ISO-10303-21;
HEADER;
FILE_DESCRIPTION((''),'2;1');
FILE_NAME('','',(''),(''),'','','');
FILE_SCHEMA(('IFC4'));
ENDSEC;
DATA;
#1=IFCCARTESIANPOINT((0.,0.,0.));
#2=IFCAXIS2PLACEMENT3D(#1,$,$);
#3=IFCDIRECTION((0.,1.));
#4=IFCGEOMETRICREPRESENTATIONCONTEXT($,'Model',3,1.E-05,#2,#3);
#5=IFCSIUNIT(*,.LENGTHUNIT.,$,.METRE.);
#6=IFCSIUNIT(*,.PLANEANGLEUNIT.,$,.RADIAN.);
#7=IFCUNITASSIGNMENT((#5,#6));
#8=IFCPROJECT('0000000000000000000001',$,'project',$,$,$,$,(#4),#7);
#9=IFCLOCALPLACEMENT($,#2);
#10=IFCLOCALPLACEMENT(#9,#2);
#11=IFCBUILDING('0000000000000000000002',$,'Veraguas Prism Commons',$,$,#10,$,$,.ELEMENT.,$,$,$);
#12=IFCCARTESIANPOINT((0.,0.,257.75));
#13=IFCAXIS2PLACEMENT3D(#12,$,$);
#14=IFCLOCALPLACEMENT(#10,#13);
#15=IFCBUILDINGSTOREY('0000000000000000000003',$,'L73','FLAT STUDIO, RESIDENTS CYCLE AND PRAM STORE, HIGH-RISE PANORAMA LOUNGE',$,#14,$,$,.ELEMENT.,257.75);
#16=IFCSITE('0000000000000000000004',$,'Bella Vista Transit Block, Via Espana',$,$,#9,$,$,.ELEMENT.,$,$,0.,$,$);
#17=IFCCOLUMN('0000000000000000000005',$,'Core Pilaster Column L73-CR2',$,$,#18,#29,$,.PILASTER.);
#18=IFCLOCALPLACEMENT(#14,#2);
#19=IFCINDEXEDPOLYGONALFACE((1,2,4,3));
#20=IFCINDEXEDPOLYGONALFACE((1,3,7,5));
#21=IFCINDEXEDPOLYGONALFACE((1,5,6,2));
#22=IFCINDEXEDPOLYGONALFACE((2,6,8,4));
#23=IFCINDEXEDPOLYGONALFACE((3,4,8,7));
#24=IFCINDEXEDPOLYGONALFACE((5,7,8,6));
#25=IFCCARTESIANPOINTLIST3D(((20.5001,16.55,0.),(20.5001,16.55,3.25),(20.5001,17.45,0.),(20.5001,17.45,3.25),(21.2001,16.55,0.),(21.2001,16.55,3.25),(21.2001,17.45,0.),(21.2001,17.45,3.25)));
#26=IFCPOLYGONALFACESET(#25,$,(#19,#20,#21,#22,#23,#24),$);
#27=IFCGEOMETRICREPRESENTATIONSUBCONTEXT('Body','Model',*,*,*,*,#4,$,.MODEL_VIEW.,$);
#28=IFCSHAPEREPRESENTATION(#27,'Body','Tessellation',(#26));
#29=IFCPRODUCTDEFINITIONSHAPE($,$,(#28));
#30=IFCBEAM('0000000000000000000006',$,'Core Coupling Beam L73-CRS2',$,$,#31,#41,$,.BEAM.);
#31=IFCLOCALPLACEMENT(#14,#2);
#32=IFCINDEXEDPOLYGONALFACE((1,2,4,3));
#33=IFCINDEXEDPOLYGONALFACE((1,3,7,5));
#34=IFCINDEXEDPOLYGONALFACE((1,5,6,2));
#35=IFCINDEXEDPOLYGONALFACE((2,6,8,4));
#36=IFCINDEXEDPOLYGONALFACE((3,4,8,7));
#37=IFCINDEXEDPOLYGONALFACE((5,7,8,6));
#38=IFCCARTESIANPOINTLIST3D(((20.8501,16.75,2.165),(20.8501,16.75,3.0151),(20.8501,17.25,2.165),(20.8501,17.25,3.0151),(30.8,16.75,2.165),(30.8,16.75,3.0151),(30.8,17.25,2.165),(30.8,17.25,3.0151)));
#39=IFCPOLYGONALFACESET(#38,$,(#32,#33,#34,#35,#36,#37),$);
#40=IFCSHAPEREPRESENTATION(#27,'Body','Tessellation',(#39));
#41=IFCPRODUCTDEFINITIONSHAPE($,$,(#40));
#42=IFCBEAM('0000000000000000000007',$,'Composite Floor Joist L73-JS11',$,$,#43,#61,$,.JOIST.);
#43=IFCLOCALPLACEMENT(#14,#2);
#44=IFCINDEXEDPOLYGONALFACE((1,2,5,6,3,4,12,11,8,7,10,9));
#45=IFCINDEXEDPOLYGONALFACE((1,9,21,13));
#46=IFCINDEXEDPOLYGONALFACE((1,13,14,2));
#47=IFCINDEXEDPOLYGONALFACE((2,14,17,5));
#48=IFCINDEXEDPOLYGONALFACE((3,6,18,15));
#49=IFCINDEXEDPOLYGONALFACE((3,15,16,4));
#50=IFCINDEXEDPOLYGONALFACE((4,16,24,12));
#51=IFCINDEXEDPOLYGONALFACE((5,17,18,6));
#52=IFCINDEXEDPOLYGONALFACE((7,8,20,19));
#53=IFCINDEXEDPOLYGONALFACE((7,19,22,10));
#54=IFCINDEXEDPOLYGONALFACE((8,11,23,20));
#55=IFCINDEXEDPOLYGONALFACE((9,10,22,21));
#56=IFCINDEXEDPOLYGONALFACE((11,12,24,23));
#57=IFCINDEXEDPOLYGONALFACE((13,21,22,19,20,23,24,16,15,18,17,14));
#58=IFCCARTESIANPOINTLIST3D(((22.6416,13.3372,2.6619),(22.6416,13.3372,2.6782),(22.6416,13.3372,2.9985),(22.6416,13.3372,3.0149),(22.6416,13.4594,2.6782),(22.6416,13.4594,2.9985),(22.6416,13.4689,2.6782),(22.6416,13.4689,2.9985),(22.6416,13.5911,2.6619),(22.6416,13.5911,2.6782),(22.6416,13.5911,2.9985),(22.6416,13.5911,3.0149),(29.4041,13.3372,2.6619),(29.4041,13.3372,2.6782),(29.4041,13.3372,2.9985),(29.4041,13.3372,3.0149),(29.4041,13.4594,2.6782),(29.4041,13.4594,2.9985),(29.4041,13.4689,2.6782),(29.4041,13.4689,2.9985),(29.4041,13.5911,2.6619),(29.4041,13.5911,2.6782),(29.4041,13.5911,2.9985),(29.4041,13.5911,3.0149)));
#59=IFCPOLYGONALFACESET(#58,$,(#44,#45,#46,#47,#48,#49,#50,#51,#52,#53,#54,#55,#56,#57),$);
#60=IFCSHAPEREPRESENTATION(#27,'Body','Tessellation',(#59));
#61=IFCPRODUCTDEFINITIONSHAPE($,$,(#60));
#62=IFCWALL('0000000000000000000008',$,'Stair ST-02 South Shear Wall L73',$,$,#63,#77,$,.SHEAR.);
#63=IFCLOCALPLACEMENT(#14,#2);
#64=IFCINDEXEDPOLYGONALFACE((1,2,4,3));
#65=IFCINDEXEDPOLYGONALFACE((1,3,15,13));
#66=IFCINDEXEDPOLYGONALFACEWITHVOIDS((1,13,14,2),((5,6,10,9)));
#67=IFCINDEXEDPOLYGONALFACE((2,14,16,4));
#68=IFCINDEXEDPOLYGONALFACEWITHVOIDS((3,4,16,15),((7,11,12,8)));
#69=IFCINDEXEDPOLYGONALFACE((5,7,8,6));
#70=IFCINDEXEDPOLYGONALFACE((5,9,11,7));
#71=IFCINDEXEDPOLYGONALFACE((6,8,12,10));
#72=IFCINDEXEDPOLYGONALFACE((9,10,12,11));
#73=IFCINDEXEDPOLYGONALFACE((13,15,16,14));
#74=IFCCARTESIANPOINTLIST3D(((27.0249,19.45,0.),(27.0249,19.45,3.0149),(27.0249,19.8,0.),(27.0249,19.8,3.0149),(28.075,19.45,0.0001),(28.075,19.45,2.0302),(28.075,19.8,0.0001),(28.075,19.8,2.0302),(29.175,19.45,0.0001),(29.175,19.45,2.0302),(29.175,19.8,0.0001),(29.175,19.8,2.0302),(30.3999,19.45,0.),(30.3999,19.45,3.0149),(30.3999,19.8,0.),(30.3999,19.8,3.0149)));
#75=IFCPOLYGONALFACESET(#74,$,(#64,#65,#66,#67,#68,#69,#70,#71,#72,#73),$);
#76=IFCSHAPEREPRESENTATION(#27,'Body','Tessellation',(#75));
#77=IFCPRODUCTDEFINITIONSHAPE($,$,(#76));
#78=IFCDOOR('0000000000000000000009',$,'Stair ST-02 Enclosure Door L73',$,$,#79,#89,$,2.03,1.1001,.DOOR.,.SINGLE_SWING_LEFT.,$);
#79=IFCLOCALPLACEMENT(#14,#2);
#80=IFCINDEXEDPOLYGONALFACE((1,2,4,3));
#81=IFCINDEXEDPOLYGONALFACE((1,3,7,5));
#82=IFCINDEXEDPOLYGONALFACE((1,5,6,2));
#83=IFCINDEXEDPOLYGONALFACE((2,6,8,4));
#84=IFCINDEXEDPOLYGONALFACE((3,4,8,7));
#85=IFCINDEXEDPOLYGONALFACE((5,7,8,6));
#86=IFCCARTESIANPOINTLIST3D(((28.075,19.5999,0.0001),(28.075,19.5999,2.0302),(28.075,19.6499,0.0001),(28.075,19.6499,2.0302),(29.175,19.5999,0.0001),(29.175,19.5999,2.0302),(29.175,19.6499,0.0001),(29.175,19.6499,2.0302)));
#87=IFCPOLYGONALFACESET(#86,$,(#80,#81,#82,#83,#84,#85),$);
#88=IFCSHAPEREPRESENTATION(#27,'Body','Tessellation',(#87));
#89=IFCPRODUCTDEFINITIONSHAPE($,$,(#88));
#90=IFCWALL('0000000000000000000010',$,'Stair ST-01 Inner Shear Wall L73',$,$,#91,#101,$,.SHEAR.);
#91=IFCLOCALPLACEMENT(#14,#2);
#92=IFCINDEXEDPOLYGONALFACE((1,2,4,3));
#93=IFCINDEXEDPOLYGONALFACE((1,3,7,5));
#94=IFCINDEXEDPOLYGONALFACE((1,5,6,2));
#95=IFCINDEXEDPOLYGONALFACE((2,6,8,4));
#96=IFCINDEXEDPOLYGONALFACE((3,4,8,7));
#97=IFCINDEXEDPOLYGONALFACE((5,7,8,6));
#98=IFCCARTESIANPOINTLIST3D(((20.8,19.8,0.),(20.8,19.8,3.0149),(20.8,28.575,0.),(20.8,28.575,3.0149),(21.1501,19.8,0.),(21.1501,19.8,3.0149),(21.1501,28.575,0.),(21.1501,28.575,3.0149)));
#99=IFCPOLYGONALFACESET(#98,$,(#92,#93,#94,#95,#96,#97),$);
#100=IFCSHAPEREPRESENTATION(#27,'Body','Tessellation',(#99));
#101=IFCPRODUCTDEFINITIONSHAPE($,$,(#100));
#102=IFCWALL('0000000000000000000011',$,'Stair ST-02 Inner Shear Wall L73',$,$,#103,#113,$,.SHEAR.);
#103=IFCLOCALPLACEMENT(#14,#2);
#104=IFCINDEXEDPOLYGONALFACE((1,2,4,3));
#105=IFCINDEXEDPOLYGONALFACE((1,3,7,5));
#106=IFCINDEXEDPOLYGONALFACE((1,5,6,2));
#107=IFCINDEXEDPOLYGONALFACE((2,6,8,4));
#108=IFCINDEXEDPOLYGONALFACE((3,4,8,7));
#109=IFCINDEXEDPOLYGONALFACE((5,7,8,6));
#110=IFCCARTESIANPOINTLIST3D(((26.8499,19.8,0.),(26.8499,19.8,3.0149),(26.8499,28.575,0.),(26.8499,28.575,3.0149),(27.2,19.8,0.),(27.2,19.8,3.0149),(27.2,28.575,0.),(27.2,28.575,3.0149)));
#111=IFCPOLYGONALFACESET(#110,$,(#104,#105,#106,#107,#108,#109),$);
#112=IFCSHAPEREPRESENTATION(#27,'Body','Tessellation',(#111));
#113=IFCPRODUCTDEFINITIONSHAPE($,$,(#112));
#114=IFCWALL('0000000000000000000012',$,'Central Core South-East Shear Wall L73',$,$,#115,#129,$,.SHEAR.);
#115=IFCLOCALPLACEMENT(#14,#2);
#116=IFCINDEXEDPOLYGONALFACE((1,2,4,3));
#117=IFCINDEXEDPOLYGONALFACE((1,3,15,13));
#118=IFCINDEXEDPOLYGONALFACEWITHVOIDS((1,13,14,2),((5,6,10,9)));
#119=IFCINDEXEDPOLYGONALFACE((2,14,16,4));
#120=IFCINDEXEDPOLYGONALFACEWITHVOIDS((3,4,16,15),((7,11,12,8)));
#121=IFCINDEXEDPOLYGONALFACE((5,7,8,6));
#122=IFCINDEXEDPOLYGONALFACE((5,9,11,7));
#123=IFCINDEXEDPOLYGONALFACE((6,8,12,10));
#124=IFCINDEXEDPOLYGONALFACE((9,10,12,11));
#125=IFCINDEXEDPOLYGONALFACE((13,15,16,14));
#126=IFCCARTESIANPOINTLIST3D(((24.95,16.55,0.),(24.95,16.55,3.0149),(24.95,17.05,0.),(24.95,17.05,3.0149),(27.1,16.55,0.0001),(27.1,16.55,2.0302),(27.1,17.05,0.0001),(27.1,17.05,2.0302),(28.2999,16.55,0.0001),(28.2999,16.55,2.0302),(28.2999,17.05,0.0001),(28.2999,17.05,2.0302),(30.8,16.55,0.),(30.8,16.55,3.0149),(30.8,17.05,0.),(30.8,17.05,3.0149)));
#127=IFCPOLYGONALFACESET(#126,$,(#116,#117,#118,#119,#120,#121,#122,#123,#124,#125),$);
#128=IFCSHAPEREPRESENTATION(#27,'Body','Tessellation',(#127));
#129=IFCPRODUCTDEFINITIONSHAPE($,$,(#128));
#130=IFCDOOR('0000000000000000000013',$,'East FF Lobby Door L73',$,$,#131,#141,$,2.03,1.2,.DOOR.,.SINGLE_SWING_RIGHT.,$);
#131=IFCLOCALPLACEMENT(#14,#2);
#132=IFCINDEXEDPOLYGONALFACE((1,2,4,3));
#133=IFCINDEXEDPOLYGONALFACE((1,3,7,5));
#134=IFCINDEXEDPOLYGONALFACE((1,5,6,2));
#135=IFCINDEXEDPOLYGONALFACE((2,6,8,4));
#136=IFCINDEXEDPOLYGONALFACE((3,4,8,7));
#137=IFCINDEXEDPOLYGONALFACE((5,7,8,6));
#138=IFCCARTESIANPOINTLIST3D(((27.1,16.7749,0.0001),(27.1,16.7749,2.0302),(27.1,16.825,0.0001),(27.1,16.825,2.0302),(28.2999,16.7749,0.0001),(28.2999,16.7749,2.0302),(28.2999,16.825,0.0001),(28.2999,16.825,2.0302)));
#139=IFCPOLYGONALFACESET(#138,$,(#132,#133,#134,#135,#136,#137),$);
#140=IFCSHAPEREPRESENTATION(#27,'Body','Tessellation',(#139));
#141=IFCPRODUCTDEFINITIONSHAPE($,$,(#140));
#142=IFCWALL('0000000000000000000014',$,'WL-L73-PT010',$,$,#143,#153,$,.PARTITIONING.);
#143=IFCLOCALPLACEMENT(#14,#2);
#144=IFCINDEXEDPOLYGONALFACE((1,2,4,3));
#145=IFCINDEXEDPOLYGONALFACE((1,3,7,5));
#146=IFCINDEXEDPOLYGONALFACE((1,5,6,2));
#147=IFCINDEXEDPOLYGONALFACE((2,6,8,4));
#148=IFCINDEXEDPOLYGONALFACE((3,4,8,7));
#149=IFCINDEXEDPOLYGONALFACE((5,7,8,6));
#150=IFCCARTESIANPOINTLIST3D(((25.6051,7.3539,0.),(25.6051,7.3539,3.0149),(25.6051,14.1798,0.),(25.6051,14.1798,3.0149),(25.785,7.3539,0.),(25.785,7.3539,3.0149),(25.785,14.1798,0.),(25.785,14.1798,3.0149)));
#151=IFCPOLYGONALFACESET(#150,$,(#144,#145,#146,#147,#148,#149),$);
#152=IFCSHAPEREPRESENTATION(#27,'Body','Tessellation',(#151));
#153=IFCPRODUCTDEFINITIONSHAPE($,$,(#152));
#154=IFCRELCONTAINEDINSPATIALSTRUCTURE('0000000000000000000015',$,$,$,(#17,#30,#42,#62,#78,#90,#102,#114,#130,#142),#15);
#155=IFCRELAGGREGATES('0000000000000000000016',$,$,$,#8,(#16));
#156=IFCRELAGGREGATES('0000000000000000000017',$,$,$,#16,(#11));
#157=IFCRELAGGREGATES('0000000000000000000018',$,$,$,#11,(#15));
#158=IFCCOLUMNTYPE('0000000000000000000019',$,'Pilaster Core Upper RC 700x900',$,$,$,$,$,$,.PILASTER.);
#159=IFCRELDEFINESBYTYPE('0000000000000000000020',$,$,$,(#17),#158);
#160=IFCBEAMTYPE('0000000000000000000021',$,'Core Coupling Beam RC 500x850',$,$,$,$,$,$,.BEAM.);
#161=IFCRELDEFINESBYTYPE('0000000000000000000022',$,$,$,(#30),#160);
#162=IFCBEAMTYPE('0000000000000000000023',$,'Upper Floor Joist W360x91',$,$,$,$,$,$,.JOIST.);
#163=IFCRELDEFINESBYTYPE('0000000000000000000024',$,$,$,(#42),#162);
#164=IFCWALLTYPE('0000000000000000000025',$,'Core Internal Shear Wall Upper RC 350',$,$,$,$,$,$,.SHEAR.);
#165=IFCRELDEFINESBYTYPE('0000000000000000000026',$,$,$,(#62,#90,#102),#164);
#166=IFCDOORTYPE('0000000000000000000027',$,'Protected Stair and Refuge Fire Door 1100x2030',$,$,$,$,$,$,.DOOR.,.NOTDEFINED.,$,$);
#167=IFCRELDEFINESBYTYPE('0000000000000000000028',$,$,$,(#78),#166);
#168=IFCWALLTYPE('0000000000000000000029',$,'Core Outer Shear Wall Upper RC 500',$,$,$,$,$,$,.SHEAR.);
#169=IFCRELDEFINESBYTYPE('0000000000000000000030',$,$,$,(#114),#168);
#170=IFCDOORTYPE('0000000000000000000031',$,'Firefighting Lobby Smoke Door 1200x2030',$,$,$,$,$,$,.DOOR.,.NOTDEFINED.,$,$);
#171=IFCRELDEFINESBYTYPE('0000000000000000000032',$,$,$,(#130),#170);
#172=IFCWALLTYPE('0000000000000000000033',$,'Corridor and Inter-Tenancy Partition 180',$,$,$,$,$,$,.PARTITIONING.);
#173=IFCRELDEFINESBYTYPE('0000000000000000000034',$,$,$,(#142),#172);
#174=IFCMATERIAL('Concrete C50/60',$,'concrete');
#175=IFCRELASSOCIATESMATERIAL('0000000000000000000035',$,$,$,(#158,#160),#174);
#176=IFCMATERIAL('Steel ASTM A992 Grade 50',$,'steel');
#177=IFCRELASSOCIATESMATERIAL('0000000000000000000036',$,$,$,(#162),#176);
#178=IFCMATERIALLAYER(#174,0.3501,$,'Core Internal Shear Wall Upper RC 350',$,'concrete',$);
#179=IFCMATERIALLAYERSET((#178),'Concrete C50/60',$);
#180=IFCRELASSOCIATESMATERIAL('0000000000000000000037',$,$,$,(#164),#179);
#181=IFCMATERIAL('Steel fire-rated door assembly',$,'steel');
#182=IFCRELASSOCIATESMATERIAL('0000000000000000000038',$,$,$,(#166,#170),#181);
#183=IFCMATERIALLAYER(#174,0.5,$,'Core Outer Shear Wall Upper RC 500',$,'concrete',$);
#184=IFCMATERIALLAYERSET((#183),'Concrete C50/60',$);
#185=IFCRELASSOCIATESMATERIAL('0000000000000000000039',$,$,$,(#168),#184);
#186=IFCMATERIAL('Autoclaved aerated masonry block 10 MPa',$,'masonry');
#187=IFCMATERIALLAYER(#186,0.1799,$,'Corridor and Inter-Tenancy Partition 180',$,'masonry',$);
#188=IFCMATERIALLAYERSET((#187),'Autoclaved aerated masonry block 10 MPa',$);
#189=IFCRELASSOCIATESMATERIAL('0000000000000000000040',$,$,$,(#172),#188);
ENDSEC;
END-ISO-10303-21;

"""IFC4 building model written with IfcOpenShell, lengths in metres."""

from ifc_helpers import new_model, si_unit, direction, frame, frame_2d, origin, origin_2d, place, context, subcontext, project, spatial, rectangle, i_section, extrude, source, transform, mapped, material, layer, layer_set, material_profile, profile_set, type_object, element, fill, save


model = new_model("IFC4")

# Units and contexts
model_context = context("Model", 3, precision=1e-05, world=origin(), true_north=direction((0.0, 1.0)))
body_context = subcontext(model_context, "Body", "Model", "MODEL_VIEW")
ifc_project = project(units=[si_unit("LENGTHUNIT", "METRE"), si_unit("PLANEANGLEUNIT", "RADIAN")], contexts=[model_context])

# Site, building, storey
site_placement = place(None, origin())
site = spatial("IfcSite", under=ifc_project, at=site_placement, Name="Bella Vista Transit Block, Via Espana", CompositionType="ELEMENT", RefElevation=0.0)
building_placement = place(site_placement, origin())
building = spatial("IfcBuilding", under=site, at=building_placement, Name="Veraguas Prism Commons", CompositionType="ELEMENT")
storey_placement = place(building_placement, frame((0.0, 0.0, 257.75)))
storey = spatial("IfcBuildingStorey", under=building, at=storey_placement, Name="L73", Description="FLAT STUDIO, RESIDENTS CYCLE AND PRAM STORE, HIGH-RISE PANORAMA LOUNGE", CompositionType="ELEMENT", Elevation=257.75)

# Column
ifc_material_1 = material(Name="Concrete C50/60", Category="concrete")
ifc_material_profile_1 = material_profile(ifc_material_1, rectangle(XDim=0.7, YDim=0.8999, at=origin_2d()), Name="RC700X900")
ifc_profile_set_1 = profile_set([ifc_material_profile_1], Name="Concrete C50/60")
column_type = type_object("IfcColumnType", Name="Pilaster Core Upper RC 700x900", PredefinedType="PILASTER", material=ifc_profile_set_1)
column_placement = place(storey_placement, frame((20.8501, 17.0, 0.0), z_axis=(0.0, 0.0, 1.0), x_axis=(1.0, 0.0, 0.0)))
element("IfcColumn", 1, at=column_placement, inside=storey, type_object=column_type, Name="Core Pilaster Column L73-CR2", PredefinedType="PILASTER", context=body_context, shape_type="SweptSolid", body=[
    extrude(rectangle(XDim=0.7, YDim=0.8999, at=origin_2d()), origin(), (0.0, 0.0, 1.0), 3.25),
])

# Beams
ifc_material_profile_2 = material_profile(ifc_material_1, rectangle(XDim=0.5, YDim=0.8501, at=origin_2d()), Name="RC500X850")
ifc_profile_set_2 = profile_set([ifc_material_profile_2], Name="Concrete C50/60")
beam_type_1 = type_object("IfcBeamType", Name="Core Coupling Beam RC 500x850", PredefinedType="BEAM", material=ifc_profile_set_2)
beam_1_placement = place(storey_placement, frame((20.8501, 17.0, 2.5901), z_axis=(1.0, 0.0, 0.0), x_axis=(0.0, 1.0, 0.0)))
element("IfcBeam", 2, at=beam_1_placement, inside=storey, type_object=beam_type_1, Name="Core Coupling Beam L73-CRS2", PredefinedType="BEAM", context=body_context, shape_type="SweptSolid", body=[
    extrude(rectangle(XDim=0.5, YDim=0.8501, at=origin_2d()), origin(), (0.0, 0.0, 1.0), 9.95),
])
ifc_material_2 = material(Name="Steel ASTM A992 Grade 50", Category="steel")
ifc_material_profile_3 = material_profile(ifc_material_2, i_section(OverallWidth=0.2539, OverallDepth=0.353, WebThickness=0.0095, FlangeThickness=0.0164, at=origin_2d()), Name="W360X91")
ifc_profile_set_3 = profile_set([ifc_material_profile_3], Name="Steel ASTM A992 Grade 50")
beam_type_2 = type_object("IfcBeamType", Name="Upper Floor Joist W360x91", PredefinedType="JOIST", material=ifc_profile_set_3)
beam_2_placement = place(storey_placement, frame((22.6416, 13.4641, 2.8384), z_axis=(1.0, 0.0, 0.0), x_axis=(0.0, 1.0, 0.0)))
element("IfcBeam", 3, at=beam_2_placement, inside=storey, type_object=beam_type_2, Name="Composite Floor Joist L73-JS11", PredefinedType="JOIST", context=body_context, shape_type="SweptSolid", body=[
    extrude(i_section(OverallWidth=0.2539, OverallDepth=0.353, WebThickness=0.0095, FlangeThickness=0.0164, at=origin_2d()), origin(), (0.0, 0.0, 1.0), 6.7625),
])

# Wall, opening, door
ifc_layer_1 = layer(ifc_material_1, 0.3501, Name="Core Internal Shear Wall Upper RC 350", Category="concrete")
ifc_layer_set_1 = layer_set([ifc_layer_1], Name="Concrete C50/60")
wall_type_1 = type_object("IfcWallType", Name="Core Internal Shear Wall Upper RC 350", PredefinedType="SHEAR", material=ifc_layer_set_1)
wall_1_placement = place(storey_placement, frame((27.0249, 19.625, 0.0), z_axis=(0.0, 0.0, 1.0), x_axis=(1.0, 0.0, 0.0)))
wall_1 = element("IfcWall", 4, at=wall_1_placement, inside=storey, type_object=wall_type_1, Name="Stair ST-02 South Shear Wall L73", PredefinedType="SHEAR", context=body_context, shape_type="SweptSolid", body=[
    extrude(rectangle(XDim=3.375, YDim=0.3501, at=frame_2d((1.6875, 0.0))), origin(), (0.0, 0.0, 1.0), 3.0149),
])
opening_1_placement = place(wall_1_placement, frame((1.05, 0.0, 0.0)))
opening_1 = element("IfcOpeningElement", 5, at=opening_1_placement, cuts=wall_1, PredefinedType="OPENING", context=body_context, shape_type="SweptSolid", body=[
    extrude(rectangle(XDim=1.1001, YDim=2.03, at=frame_2d((0.55, 1.0151))), frame((0.0, 0.1851, 0.0), z_axis=(0.0, -1.0, 0.0), x_axis=(1.0, 0.0, 0.0)), (0.0, 0.0, 1.0), 0.3701),
])
ifc_material_3 = material(Name="Steel fire-rated door assembly", Category="steel")
door_type_1 = type_object("IfcDoorType", Name="Protected Stair and Refuge Fire Door 1100x2030", OperationType="NOTDEFINED", PredefinedType="DOOR", material=ifc_material_3)
shared_shape_1 = source(origin(), body_context, "Body", "SweptSolid", [
    extrude(rectangle(XDim=1.1001, YDim=2.03, at=frame_2d((0.55, 1.0151))), frame((0.0, 0.0249, 0.0), z_axis=(0.0, -1.0, 0.0), x_axis=(1.0, 0.0, 0.0)), (0.0, 0.0, 1.0), 0.05),
])
door_1_placement = place(opening_1_placement, origin())
door_1 = element("IfcDoor", 6, at=door_1_placement, inside=storey, type_object=door_type_1, Name="Stair ST-02 Enclosure Door L73", OperationType="SINGLE_SWING_LEFT", OverallHeight=2.03, OverallWidth=1.1001, PredefinedType="DOOR", context=body_context, shape_type="MappedRepresentation", body=[
    mapped(shared_shape_1, transform((0.0, 0.0, 0.0), scale=1.0)),
])
fill(opening_1, door_1)

# Walls
for number, where, z_axis, x_axis, name in (
    (7, (20.9751, 19.8, 0.0), (0.0, 0.0, 1.0), (0.0, 1.0, 0.0), "Stair ST-01 Inner Shear Wall L73"),
    (8, (27.0249, 19.8, 0.0), (0.0, 0.0, 1.0), (0.0, 1.0, 0.0), "Stair ST-02 Inner Shear Wall L73"),
):
    element("IfcWall", number, at=place(storey_placement, frame(where, z_axis=z_axis, x_axis=x_axis)), inside=storey, type_object=wall_type_1, Name=name, PredefinedType="SHEAR", context=body_context, shape_type="SweptSolid", body=[
        extrude(rectangle(XDim=8.7749, YDim=0.3501, at=frame_2d((4.3875, 0.0))), origin(), (0.0, 0.0, 1.0), 3.0149),
    ])

# Wall, opening, door
ifc_layer_2 = layer(ifc_material_1, 0.5, Name="Core Outer Shear Wall Upper RC 500", Category="concrete")
ifc_layer_set_2 = layer_set([ifc_layer_2], Name="Concrete C50/60")
wall_type_2 = type_object("IfcWallType", Name="Core Outer Shear Wall Upper RC 500", PredefinedType="SHEAR", material=ifc_layer_set_2)
wall_2_placement = place(storey_placement, frame((24.95, 16.8, 0.0), z_axis=(0.0, 0.0, 1.0), x_axis=(1.0, 0.0, 0.0)))
wall_2 = element("IfcWall", 9, at=wall_2_placement, inside=storey, type_object=wall_type_2, Name="Central Core South-East Shear Wall L73", PredefinedType="SHEAR", context=body_context, shape_type="SweptSolid", body=[
    extrude(rectangle(XDim=5.8501, YDim=0.5, at=frame_2d((2.925, 0.0))), origin(), (0.0, 0.0, 1.0), 3.0149),
])
opening_2_placement = place(wall_2_placement, frame((2.1499, 0.0, 0.0)))
opening_2 = element("IfcOpeningElement", 10, at=opening_2_placement, cuts=wall_2, PredefinedType="OPENING", context=body_context, shape_type="SweptSolid", body=[
    extrude(rectangle(XDim=1.2, YDim=2.03, at=frame_2d((0.6001, 1.0151))), frame((0.0, 0.26, 0.0), z_axis=(0.0, -1.0, 0.0), x_axis=(1.0, 0.0, 0.0)), (0.0, 0.0, 1.0), 0.52),
])
door_type_2 = type_object("IfcDoorType", Name="Firefighting Lobby Smoke Door 1200x2030", OperationType="NOTDEFINED", PredefinedType="DOOR", material=ifc_material_3)
shared_shape_2 = source(origin(), body_context, "Body", "SweptSolid", [
    extrude(rectangle(XDim=1.2, YDim=2.03, at=frame_2d((0.6001, 1.0151))), frame((0.0, 0.0249, 0.0), z_axis=(0.0, -1.0, 0.0), x_axis=(1.0, 0.0, 0.0)), (0.0, 0.0, 1.0), 0.05),
])
door_2_placement = place(opening_2_placement, origin())
door_2 = element("IfcDoor", 11, at=door_2_placement, inside=storey, type_object=door_type_2, Name="East FF Lobby Door L73", OperationType="SINGLE_SWING_RIGHT", OverallHeight=2.03, OverallWidth=1.2, PredefinedType="DOOR", context=body_context, shape_type="MappedRepresentation", body=[
    mapped(shared_shape_2, transform((0.0, 0.0, 0.0), scale=1.0)),
])
fill(opening_2, door_2)

# Wall
ifc_material_4 = material(Name="Autoclaved aerated masonry block 10 MPa", Category="masonry")
ifc_layer_3 = layer(ifc_material_4, 0.1799, Name="Corridor and Inter-Tenancy Partition 180", Category="masonry")
ifc_layer_set_3 = layer_set([ifc_layer_3], Name="Autoclaved aerated masonry block 10 MPa")
wall_type_3 = type_object("IfcWallType", Name="Corridor and Inter-Tenancy Partition 180", PredefinedType="PARTITIONING", material=ifc_layer_set_3)
wall_3_placement = place(storey_placement, frame((25.6951, 14.1799, 0.0), z_axis=(0.0, 0.0, 1.0), x_axis=(0.0, -1.0, 0.0)))
element("IfcWall", 12, at=wall_3_placement, inside=storey, type_object=wall_type_3, Name="WL-L73-PT010", PredefinedType="PARTITIONING", context=body_context, shape_type="SweptSolid", body=[
    extrude(rectangle(XDim=6.8259, YDim=0.1799, at=frame_2d((3.4131, 0.0))), origin(), (0.0, 0.0, 1.0), 3.0149),
])

save(model, "model.ifc")
